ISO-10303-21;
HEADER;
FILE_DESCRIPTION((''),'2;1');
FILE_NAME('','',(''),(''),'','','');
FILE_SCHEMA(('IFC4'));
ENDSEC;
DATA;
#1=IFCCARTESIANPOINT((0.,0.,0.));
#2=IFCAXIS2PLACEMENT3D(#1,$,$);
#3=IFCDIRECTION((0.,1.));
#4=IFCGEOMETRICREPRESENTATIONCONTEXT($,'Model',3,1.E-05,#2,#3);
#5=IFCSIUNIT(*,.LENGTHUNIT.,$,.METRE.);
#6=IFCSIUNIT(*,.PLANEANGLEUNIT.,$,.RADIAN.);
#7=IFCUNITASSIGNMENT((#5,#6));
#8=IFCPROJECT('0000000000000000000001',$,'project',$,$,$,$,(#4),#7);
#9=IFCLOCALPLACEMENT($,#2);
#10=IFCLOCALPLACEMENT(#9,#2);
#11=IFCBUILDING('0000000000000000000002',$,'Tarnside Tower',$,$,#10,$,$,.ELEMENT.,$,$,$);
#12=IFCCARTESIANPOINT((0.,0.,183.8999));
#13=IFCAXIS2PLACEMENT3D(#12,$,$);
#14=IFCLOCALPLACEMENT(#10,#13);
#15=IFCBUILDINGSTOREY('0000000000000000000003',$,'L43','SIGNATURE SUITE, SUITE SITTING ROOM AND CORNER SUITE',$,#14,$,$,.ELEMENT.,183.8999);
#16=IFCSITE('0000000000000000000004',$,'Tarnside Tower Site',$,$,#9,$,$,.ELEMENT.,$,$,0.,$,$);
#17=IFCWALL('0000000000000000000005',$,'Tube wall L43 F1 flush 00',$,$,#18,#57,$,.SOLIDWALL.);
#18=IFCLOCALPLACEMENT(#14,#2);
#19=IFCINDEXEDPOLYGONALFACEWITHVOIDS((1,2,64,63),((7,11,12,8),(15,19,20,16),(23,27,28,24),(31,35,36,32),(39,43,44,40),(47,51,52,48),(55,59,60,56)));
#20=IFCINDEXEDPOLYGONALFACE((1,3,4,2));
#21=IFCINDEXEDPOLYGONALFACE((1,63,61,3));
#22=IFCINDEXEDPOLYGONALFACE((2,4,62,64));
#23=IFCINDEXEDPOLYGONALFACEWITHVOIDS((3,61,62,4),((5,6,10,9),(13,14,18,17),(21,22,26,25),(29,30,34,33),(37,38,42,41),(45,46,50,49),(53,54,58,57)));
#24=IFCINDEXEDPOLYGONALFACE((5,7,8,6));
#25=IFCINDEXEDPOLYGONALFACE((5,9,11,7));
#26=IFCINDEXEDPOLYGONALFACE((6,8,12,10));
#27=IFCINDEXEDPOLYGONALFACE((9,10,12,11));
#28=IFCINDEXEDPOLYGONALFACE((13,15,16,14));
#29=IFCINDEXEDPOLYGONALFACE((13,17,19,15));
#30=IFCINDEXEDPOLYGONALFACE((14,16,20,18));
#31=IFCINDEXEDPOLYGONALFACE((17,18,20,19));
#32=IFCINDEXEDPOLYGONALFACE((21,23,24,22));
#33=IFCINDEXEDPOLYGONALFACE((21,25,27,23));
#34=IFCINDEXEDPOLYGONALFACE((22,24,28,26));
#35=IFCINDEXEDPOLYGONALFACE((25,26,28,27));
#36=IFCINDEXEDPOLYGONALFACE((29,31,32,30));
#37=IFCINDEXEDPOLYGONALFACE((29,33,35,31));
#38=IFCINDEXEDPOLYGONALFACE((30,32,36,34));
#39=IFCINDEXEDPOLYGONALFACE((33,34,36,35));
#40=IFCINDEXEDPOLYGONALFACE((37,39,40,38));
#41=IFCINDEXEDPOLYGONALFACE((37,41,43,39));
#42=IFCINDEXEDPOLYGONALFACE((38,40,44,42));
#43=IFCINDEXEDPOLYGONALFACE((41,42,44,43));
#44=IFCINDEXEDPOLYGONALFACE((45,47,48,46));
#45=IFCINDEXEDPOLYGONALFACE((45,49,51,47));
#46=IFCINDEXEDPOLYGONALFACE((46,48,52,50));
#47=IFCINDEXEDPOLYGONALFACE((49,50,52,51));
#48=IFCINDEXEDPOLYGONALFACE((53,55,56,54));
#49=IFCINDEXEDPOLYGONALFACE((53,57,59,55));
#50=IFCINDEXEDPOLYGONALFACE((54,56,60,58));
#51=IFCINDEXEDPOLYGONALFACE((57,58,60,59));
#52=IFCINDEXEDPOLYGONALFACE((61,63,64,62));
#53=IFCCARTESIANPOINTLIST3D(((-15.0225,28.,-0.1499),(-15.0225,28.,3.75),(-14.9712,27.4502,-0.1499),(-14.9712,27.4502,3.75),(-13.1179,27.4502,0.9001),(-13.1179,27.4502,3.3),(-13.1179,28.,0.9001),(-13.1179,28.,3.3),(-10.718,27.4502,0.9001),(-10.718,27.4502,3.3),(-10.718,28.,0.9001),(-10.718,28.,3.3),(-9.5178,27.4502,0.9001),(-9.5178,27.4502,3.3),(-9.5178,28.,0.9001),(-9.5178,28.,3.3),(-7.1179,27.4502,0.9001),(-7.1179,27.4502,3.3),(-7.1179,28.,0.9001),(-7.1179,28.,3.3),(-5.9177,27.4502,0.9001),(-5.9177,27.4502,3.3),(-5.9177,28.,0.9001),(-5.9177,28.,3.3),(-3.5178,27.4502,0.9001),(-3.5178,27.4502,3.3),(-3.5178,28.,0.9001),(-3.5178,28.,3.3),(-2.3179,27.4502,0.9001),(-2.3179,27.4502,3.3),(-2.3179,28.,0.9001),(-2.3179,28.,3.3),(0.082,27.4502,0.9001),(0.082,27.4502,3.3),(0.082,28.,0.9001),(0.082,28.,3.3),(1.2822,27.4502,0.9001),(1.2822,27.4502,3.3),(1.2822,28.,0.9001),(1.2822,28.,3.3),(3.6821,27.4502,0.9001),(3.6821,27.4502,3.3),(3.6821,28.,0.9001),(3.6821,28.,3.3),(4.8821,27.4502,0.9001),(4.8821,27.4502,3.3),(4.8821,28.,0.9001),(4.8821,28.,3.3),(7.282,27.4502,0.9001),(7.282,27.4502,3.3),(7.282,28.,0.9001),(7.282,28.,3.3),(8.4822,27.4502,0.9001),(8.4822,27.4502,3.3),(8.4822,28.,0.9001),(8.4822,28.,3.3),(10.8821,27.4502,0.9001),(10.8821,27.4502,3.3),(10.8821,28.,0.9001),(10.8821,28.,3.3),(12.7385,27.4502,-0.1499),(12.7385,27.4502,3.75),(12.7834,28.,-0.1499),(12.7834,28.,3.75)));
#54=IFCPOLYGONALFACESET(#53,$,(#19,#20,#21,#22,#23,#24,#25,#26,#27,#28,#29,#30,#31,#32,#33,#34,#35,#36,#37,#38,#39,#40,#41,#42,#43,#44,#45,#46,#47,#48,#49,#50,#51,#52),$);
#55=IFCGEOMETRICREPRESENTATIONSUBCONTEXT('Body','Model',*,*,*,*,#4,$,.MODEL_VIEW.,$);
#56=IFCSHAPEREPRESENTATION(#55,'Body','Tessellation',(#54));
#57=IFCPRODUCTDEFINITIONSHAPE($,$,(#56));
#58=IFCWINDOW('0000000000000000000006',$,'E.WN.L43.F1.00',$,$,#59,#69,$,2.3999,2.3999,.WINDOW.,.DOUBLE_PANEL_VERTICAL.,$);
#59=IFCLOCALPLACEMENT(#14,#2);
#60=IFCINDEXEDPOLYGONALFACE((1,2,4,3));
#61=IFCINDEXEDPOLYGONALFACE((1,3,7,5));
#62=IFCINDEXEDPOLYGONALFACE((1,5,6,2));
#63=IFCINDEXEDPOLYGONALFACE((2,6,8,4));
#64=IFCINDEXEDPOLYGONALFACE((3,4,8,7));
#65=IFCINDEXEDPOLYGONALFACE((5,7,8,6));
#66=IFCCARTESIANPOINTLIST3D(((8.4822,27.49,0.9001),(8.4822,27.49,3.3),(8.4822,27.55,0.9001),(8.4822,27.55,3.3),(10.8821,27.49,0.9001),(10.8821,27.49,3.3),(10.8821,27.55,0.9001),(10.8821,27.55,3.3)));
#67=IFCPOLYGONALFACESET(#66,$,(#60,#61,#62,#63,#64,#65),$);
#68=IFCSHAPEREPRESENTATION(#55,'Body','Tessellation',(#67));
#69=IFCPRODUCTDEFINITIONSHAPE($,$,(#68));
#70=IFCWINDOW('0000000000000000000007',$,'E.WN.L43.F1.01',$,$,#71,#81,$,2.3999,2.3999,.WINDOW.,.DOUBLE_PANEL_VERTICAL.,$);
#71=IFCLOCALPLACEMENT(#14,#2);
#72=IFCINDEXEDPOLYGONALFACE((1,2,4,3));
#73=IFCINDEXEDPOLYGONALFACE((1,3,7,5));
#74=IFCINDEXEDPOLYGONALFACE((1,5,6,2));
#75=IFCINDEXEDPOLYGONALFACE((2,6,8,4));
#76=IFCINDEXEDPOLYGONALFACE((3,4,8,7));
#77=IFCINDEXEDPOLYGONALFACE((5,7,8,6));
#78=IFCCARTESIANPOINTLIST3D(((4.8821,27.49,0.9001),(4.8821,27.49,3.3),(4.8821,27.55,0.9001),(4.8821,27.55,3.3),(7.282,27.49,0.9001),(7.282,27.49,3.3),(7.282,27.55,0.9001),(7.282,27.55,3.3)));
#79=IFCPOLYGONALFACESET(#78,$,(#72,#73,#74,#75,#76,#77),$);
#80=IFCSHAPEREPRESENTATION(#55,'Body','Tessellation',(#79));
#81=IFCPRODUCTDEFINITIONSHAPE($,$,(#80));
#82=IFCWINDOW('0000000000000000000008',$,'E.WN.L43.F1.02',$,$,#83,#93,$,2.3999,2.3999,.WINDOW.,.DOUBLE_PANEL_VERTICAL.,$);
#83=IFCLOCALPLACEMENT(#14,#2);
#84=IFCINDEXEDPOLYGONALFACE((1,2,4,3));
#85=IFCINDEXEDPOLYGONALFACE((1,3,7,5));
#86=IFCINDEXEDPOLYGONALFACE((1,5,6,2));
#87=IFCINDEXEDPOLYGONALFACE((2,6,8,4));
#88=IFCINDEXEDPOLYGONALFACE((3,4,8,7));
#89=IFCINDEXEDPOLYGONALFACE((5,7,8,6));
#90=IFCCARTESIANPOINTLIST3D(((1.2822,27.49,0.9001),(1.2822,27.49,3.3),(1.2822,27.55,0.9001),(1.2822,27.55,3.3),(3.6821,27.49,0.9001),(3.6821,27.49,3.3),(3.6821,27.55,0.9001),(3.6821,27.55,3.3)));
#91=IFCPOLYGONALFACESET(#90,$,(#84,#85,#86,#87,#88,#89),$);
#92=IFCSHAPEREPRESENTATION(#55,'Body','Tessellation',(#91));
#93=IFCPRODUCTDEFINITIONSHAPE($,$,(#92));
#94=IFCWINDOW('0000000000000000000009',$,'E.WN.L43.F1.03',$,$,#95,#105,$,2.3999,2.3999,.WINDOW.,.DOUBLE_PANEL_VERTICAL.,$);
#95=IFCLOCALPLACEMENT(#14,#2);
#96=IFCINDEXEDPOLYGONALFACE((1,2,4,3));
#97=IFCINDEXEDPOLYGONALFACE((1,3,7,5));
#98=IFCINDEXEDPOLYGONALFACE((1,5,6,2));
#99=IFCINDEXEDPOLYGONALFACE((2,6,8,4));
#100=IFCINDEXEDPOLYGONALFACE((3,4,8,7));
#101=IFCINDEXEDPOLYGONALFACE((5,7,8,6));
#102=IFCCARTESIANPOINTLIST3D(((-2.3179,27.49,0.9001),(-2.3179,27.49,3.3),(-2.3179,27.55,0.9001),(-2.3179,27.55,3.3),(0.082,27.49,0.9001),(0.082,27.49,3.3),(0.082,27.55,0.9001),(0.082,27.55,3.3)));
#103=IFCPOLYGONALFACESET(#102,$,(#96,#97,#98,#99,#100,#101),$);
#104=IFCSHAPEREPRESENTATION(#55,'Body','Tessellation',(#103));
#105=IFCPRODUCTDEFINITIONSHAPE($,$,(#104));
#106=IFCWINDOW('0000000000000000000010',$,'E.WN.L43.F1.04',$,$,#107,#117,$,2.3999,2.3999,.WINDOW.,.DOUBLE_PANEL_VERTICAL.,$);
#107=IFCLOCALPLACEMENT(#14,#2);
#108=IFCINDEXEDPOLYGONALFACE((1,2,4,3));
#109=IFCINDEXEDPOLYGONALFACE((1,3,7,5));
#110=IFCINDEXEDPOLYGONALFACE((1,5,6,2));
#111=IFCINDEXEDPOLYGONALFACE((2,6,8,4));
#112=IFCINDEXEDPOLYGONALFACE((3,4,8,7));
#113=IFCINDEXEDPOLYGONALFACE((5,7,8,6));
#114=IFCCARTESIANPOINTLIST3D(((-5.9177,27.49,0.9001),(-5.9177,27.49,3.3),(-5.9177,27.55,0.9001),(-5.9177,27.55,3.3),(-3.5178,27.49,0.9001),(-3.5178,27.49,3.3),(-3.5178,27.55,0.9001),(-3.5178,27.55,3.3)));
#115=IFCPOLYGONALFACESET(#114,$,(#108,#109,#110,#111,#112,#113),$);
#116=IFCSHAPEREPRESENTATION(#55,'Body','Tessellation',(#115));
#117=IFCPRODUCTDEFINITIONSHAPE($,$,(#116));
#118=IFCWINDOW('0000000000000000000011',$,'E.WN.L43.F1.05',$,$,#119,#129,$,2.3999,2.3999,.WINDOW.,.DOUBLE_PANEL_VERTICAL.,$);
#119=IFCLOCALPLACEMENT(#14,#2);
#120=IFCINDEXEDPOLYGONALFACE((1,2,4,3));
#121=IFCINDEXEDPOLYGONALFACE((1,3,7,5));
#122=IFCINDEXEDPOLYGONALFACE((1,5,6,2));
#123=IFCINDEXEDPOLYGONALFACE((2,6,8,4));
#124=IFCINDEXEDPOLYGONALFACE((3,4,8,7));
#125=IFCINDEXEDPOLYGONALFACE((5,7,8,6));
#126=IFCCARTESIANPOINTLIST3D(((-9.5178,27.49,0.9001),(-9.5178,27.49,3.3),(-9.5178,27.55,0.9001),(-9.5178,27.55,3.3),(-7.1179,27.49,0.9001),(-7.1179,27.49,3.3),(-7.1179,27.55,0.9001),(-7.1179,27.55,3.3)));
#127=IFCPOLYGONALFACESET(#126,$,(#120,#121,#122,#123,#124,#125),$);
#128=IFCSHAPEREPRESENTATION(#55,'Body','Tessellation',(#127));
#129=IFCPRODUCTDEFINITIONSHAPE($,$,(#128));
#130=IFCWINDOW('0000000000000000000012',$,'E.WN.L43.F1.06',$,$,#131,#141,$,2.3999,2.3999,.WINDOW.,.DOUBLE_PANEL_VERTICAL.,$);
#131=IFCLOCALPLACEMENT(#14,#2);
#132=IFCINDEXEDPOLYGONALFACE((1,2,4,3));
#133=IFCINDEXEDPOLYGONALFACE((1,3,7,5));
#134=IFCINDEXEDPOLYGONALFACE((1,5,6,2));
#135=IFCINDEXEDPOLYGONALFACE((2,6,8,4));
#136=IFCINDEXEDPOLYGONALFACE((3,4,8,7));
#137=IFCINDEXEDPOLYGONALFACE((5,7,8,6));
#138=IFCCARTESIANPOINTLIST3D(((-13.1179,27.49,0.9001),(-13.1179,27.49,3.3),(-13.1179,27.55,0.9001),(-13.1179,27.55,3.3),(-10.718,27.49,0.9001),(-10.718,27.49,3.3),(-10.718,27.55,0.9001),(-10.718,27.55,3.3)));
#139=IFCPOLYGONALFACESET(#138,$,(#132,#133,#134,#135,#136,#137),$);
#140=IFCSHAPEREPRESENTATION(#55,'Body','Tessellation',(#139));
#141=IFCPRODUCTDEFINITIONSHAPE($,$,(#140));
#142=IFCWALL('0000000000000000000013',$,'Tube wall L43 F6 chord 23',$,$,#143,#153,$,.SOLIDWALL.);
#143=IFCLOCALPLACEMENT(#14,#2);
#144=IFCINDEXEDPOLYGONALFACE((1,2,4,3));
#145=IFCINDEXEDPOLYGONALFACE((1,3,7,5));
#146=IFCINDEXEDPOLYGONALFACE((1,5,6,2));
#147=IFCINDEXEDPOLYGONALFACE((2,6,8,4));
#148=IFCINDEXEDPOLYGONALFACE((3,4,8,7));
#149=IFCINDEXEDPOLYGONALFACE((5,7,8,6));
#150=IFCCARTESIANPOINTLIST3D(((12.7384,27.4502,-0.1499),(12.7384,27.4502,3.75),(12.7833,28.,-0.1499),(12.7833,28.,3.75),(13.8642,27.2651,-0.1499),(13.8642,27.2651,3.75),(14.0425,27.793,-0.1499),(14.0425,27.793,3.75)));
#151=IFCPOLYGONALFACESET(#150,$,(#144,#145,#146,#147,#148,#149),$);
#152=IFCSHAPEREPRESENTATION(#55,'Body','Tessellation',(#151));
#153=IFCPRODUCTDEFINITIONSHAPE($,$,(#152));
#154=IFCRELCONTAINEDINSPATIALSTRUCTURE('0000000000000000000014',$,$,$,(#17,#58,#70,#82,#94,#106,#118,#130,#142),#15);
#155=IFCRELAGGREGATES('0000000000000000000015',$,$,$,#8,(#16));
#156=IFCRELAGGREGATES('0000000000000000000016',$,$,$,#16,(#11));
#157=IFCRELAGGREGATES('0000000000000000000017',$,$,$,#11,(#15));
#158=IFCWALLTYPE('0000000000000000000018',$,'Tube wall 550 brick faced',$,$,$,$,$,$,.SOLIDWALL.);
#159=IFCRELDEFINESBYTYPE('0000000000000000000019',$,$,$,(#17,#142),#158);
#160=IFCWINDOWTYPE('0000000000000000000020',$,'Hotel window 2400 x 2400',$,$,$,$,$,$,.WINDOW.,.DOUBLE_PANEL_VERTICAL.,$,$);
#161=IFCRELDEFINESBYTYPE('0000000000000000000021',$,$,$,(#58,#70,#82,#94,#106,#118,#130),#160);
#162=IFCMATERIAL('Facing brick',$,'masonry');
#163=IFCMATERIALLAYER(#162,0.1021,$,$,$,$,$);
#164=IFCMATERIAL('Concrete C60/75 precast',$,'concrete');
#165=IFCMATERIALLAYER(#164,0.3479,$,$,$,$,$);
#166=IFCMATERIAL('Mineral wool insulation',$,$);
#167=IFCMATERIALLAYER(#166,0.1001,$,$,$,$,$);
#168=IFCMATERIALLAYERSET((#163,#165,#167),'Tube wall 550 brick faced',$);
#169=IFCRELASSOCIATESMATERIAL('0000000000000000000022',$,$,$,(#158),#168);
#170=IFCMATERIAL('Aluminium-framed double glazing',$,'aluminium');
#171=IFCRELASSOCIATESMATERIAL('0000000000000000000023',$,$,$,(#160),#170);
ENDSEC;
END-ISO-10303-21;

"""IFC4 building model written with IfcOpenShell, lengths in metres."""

from ifc_helpers import new_model, si_unit, direction, frame, frame_2d, origin, place, context, subcontext, project, spatial, polyline, rectangle, outline, extrude, material, layer, layer_set, type_object, element, fill, save


model = new_model("IFC4")

# Units and contexts
model_context = context("Model", 3, precision=1e-05, world=origin(), true_north=direction((0.0, 1.0)))
body_context = subcontext(model_context, "Body", "Model", "MODEL_VIEW")
ifc_project = project(units=[si_unit("LENGTHUNIT", "METRE"), si_unit("PLANEANGLEUNIT", "RADIAN")], contexts=[model_context])

# Site, building, storey
site_placement = place(None, origin())
site = spatial("IfcSite", under=ifc_project, at=site_placement, Name="Tarnside Tower Site", CompositionType="ELEMENT", RefElevation=0.0)
building_placement = place(site_placement, origin())
building = spatial("IfcBuilding", under=site, at=building_placement, Name="Tarnside Tower", CompositionType="ELEMENT")
storey_placement = place(building_placement, frame((0.0, 0.0, 183.8999)))
storey = spatial("IfcBuildingStorey", under=building, at=storey_placement, Name="L43", Description="SIGNATURE SUITE, SUITE SITTING ROOM AND CORNER SUITE", CompositionType="ELEMENT", Elevation=183.8999)

# Wall, openings, windows
ifc_material_1 = material(Name="Facing brick", Category="masonry")
ifc_layer_1 = layer(ifc_material_1, 0.1021)
ifc_material_2 = material(Name="Concrete C60/75 precast", Category="concrete")
ifc_layer_2 = layer(ifc_material_2, 0.3479)
ifc_material_3 = material(Name="Mineral wool insulation")
ifc_layer_3 = layer(ifc_material_3, 0.1001)
ifc_layer_set_1 = layer_set([ifc_layer_1, ifc_layer_2, ifc_layer_3], Name="Tube wall 550 brick faced")
wall_type_1 = type_object("IfcWallType", Name="Tube wall 550 brick faced", PredefinedType="SOLIDWALL", material=ifc_layer_set_1)
wall_1_placement = place(storey_placement, frame((12.761, 27.7251, -0.1499), z_axis=(0.0, 0.0, 1.0), x_axis=(-1.0, 0.0, 0.0)))
wall_1 = element("IfcWall", 1, at=wall_1_placement, inside=storey, type_object=wall_type_1, Name="Tube wall L43 F1 flush 00", PredefinedType="SOLIDWALL", context=body_context, shape_type="SweptSolid", body=[
    extrude(outline(polyline([(-0.0225, -0.2749), (27.7834, -0.2749), (27.7322, 0.2749), (0.0225, 0.2749), (-0.0225, -0.2749)])), origin(), (0.0, 0.0, 1.0), 3.8999),
])
opening_1_placement = place(wall_1_placement, frame((1.8789, 0.0, 1.05)))
opening_1 = element("IfcOpeningElement", 2, at=opening_1_placement, cuts=wall_1, PredefinedType="OPENING", context=body_context, shape_type="SweptSolid", body=[
    extrude(rectangle(XDim=2.3999, YDim=2.3999, at=frame_2d((1.2, 1.2))), frame((0.0, 0.2852, 0.0), z_axis=(0.0, -1.0, 0.0), x_axis=(1.0, 0.0, 0.0)), (0.0, 0.0, 1.0), 0.5701),
])
opening_2_placement = place(wall_1_placement, frame((5.479, 0.0, 1.05)))
opening_2 = element("IfcOpeningElement", 3, at=opening_2_placement, cuts=wall_1, PredefinedType="OPENING", context=body_context, shape_type="SweptSolid", body=[
    extrude(rectangle(XDim=2.3999, YDim=2.3999, at=frame_2d((1.2, 1.2))), frame((0.0, 0.2852, 0.0), z_axis=(0.0, -1.0, 0.0), x_axis=(1.0, 0.0, 0.0)), (0.0, 0.0, 1.0), 0.5701),
])
opening_3_placement = place(wall_1_placement, frame((9.0789, 0.0, 1.05)))
opening_3 = element("IfcOpeningElement", 4, at=opening_3_placement, cuts=wall_1, PredefinedType="OPENING", context=body_context, shape_type="SweptSolid", body=[
    extrude(rectangle(XDim=2.3999, YDim=2.3999, at=frame_2d((1.2, 1.2))), frame((0.0, 0.2852, 0.0), z_axis=(0.0, -1.0, 0.0), x_axis=(1.0, 0.0, 0.0)), (0.0, 0.0, 1.0), 0.5701),
])
opening_4_placement = place(wall_1_placement, frame((12.679, 0.0, 1.05)))
opening_4 = element("IfcOpeningElement", 5, at=opening_4_placement, cuts=wall_1, PredefinedType="OPENING", context=body_context, shape_type="SweptSolid", body=[
    extrude(rectangle(XDim=2.3999, YDim=2.3999, at=frame_2d((1.2, 1.2))), frame((0.0, 0.2852, 0.0), z_axis=(0.0, -1.0, 0.0), x_axis=(1.0, 0.0, 0.0)), (0.0, 0.0, 1.0), 0.5701),
])
opening_5_placement = place(wall_1_placement, frame((16.2788, 0.0, 1.05)))
opening_5 = element("IfcOpeningElement", 6, at=opening_5_placement, cuts=wall_1, PredefinedType="OPENING", context=body_context, shape_type="SweptSolid", body=[
    extrude(rectangle(XDim=2.3999, YDim=2.3999, at=frame_2d((1.2, 1.2))), frame((0.0, 0.2852, 0.0), z_axis=(0.0, -1.0, 0.0), x_axis=(1.0, 0.0, 0.0)), (0.0, 0.0, 1.0), 0.5701),
])
opening_6_placement = place(wall_1_placement, frame((19.8789, 0.0, 1.05)))
opening_6 = element("IfcOpeningElement", 7, at=opening_6_placement, cuts=wall_1, PredefinedType="OPENING", context=body_context, shape_type="SweptSolid", body=[
    extrude(rectangle(XDim=2.3999, YDim=2.3999, at=frame_2d((1.2, 1.2))), frame((0.0, 0.2852, 0.0), z_axis=(0.0, -1.0, 0.0), x_axis=(1.0, 0.0, 0.0)), (0.0, 0.0, 1.0), 0.5701),
])
opening_7_placement = place(wall_1_placement, frame((23.479, 0.0, 1.05)))
opening_7 = element("IfcOpeningElement", 8, at=opening_7_placement, cuts=wall_1, PredefinedType="OPENING", context=body_context, shape_type="SweptSolid", body=[
    extrude(rectangle(XDim=2.3999, YDim=2.3999, at=frame_2d((1.2, 1.2))), frame((0.0, 0.2852, 0.0), z_axis=(0.0, -1.0, 0.0), x_axis=(1.0, 0.0, 0.0)), (0.0, 0.0, 1.0), 0.5701),
])
ifc_material_4 = material(Name="Aluminium-framed double glazing", Category="aluminium")
window_type = type_object("IfcWindowType", Name="Hotel window 2400 x 2400", PartitioningType="DOUBLE_PANEL_VERTICAL", PredefinedType="WINDOW", material=ifc_material_4)
window_1_placement = place(opening_1_placement, frame((0.0, 0.2051, 0.0)))
window_1 = element("IfcWindow", 9, at=window_1_placement, inside=storey, type_object=window_type, Name="E.WN.L43.F1.00", OverallHeight=2.3999, OverallWidth=2.3999, PartitioningType="DOUBLE_PANEL_VERTICAL", PredefinedType="WINDOW", context=body_context, shape_type="SweptSolid", body=[
    extrude(rectangle(XDim=2.3999, YDim=2.3999, at=frame_2d((1.2, 1.2))), frame((0.0, 0.03, 0.0), z_axis=(0.0, -1.0, 0.0), x_axis=(1.0, 0.0, 0.0)), (0.0, 0.0, 1.0), 0.0601),
])
fill(opening_1, window_1)
window_2_placement = place(opening_2_placement, frame((0.0, 0.2051, 0.0)))
window_2 = element("IfcWindow", 10, at=window_2_placement, inside=storey, type_object=window_type, Name="E.WN.L43.F1.01", OverallHeight=2.3999, OverallWidth=2.3999, PartitioningType="DOUBLE_PANEL_VERTICAL", PredefinedType="WINDOW", context=body_context, shape_type="SweptSolid", body=[
    extrude(rectangle(XDim=2.3999, YDim=2.3999, at=frame_2d((1.2, 1.2))), frame((0.0, 0.03, 0.0), z_axis=(0.0, -1.0, 0.0), x_axis=(1.0, 0.0, 0.0)), (0.0, 0.0, 1.0), 0.0601),
])
fill(opening_2, window_2)
window_3_placement = place(opening_3_placement, frame((0.0, 0.2051, 0.0)))
window_3 = element("IfcWindow", 11, at=window_3_placement, inside=storey, type_object=window_type, Name="E.WN.L43.F1.02", OverallHeight=2.3999, OverallWidth=2.3999, PartitioningType="DOUBLE_PANEL_VERTICAL", PredefinedType="WINDOW", context=body_context, shape_type="SweptSolid", body=[
    extrude(rectangle(XDim=2.3999, YDim=2.3999, at=frame_2d((1.2, 1.2))), frame((0.0, 0.03, 0.0), z_axis=(0.0, -1.0, 0.0), x_axis=(1.0, 0.0, 0.0)), (0.0, 0.0, 1.0), 0.0601),
])
fill(opening_3, window_3)
window_4_placement = place(opening_4_placement, frame((0.0, 0.2051, 0.0)))
window_4 = element("IfcWindow", 12, at=window_4_placement, inside=storey, type_object=window_type, Name="E.WN.L43.F1.03", OverallHeight=2.3999, OverallWidth=2.3999, PartitioningType="DOUBLE_PANEL_VERTICAL", PredefinedType="WINDOW", context=body_context, shape_type="SweptSolid", body=[
    extrude(rectangle(XDim=2.3999, YDim=2.3999, at=frame_2d((1.2, 1.2))), frame((0.0, 0.03, 0.0), z_axis=(0.0, -1.0, 0.0), x_axis=(1.0, 0.0, 0.0)), (0.0, 0.0, 1.0), 0.0601),
])
fill(opening_4, window_4)
window_5_placement = place(opening_5_placement, frame((0.0, 0.2051, 0.0)))
window_5 = element("IfcWindow", 13, at=window_5_placement, inside=storey, type_object=window_type, Name="E.WN.L43.F1.04", OverallHeight=2.3999, OverallWidth=2.3999, PartitioningType="DOUBLE_PANEL_VERTICAL", PredefinedType="WINDOW", context=body_context, shape_type="SweptSolid", body=[
    extrude(rectangle(XDim=2.3999, YDim=2.3999, at=frame_2d((1.2, 1.2))), frame((0.0, 0.03, 0.0), z_axis=(0.0, -1.0, 0.0), x_axis=(1.0, 0.0, 0.0)), (0.0, 0.0, 1.0), 0.0601),
])
fill(opening_5, window_5)
window_6_placement = place(opening_6_placement, frame((0.0, 0.2051, 0.0)))
window_6 = element("IfcWindow", 14, at=window_6_placement, inside=storey, type_object=window_type, Name="E.WN.L43.F1.05", OverallHeight=2.3999, OverallWidth=2.3999, PartitioningType="DOUBLE_PANEL_VERTICAL", PredefinedType="WINDOW", context=body_context, shape_type="SweptSolid", body=[
    extrude(rectangle(XDim=2.3999, YDim=2.3999, at=frame_2d((1.2, 1.2))), frame((0.0, 0.03, 0.0), z_axis=(0.0, -1.0, 0.0), x_axis=(1.0, 0.0, 0.0)), (0.0, 0.0, 1.0), 0.0601),
])
fill(opening_6, window_6)
window_7_placement = place(opening_7_placement, frame((0.0, 0.2051, 0.0)))
window_7 = element("IfcWindow", 15, at=window_7_placement, inside=storey, type_object=window_type, Name="E.WN.L43.F1.06", OverallHeight=2.3999, OverallWidth=2.3999, PartitioningType="DOUBLE_PANEL_VERTICAL", PredefinedType="WINDOW", context=body_context, shape_type="SweptSolid", body=[
    extrude(rectangle(XDim=2.3999, YDim=2.3999, at=frame_2d((1.2, 1.2))), frame((0.0, 0.03, 0.0), z_axis=(0.0, -1.0, 0.0), x_axis=(1.0, 0.0, 0.0)), (0.0, 0.0, 1.0), 0.0601),
])
fill(opening_7, window_7)

# Wall
wall_2_placement = place(storey_placement, frame((13.9534, 27.5291, -0.1499), z_axis=(0.0, 0.0, 1.0), x_axis=(-0.986752, 0.162236, 0.0)))
element("IfcWall", 16, at=wall_2_placement, inside=storey, type_object=wall_type_1, Name="Tube wall L43 F6 chord 23", PredefinedType="SOLIDWALL", context=body_context, shape_type="SweptSolid", body=[
    extrude(outline(polyline([(-0.0452, -0.2749), (1.231, -0.2749), (1.186, 0.2749), (0.0452, 0.2749), (-0.0452, -0.2749)])), origin(), (0.0, 0.0, 1.0), 3.8999),
])

save(model, "model.ifc")
